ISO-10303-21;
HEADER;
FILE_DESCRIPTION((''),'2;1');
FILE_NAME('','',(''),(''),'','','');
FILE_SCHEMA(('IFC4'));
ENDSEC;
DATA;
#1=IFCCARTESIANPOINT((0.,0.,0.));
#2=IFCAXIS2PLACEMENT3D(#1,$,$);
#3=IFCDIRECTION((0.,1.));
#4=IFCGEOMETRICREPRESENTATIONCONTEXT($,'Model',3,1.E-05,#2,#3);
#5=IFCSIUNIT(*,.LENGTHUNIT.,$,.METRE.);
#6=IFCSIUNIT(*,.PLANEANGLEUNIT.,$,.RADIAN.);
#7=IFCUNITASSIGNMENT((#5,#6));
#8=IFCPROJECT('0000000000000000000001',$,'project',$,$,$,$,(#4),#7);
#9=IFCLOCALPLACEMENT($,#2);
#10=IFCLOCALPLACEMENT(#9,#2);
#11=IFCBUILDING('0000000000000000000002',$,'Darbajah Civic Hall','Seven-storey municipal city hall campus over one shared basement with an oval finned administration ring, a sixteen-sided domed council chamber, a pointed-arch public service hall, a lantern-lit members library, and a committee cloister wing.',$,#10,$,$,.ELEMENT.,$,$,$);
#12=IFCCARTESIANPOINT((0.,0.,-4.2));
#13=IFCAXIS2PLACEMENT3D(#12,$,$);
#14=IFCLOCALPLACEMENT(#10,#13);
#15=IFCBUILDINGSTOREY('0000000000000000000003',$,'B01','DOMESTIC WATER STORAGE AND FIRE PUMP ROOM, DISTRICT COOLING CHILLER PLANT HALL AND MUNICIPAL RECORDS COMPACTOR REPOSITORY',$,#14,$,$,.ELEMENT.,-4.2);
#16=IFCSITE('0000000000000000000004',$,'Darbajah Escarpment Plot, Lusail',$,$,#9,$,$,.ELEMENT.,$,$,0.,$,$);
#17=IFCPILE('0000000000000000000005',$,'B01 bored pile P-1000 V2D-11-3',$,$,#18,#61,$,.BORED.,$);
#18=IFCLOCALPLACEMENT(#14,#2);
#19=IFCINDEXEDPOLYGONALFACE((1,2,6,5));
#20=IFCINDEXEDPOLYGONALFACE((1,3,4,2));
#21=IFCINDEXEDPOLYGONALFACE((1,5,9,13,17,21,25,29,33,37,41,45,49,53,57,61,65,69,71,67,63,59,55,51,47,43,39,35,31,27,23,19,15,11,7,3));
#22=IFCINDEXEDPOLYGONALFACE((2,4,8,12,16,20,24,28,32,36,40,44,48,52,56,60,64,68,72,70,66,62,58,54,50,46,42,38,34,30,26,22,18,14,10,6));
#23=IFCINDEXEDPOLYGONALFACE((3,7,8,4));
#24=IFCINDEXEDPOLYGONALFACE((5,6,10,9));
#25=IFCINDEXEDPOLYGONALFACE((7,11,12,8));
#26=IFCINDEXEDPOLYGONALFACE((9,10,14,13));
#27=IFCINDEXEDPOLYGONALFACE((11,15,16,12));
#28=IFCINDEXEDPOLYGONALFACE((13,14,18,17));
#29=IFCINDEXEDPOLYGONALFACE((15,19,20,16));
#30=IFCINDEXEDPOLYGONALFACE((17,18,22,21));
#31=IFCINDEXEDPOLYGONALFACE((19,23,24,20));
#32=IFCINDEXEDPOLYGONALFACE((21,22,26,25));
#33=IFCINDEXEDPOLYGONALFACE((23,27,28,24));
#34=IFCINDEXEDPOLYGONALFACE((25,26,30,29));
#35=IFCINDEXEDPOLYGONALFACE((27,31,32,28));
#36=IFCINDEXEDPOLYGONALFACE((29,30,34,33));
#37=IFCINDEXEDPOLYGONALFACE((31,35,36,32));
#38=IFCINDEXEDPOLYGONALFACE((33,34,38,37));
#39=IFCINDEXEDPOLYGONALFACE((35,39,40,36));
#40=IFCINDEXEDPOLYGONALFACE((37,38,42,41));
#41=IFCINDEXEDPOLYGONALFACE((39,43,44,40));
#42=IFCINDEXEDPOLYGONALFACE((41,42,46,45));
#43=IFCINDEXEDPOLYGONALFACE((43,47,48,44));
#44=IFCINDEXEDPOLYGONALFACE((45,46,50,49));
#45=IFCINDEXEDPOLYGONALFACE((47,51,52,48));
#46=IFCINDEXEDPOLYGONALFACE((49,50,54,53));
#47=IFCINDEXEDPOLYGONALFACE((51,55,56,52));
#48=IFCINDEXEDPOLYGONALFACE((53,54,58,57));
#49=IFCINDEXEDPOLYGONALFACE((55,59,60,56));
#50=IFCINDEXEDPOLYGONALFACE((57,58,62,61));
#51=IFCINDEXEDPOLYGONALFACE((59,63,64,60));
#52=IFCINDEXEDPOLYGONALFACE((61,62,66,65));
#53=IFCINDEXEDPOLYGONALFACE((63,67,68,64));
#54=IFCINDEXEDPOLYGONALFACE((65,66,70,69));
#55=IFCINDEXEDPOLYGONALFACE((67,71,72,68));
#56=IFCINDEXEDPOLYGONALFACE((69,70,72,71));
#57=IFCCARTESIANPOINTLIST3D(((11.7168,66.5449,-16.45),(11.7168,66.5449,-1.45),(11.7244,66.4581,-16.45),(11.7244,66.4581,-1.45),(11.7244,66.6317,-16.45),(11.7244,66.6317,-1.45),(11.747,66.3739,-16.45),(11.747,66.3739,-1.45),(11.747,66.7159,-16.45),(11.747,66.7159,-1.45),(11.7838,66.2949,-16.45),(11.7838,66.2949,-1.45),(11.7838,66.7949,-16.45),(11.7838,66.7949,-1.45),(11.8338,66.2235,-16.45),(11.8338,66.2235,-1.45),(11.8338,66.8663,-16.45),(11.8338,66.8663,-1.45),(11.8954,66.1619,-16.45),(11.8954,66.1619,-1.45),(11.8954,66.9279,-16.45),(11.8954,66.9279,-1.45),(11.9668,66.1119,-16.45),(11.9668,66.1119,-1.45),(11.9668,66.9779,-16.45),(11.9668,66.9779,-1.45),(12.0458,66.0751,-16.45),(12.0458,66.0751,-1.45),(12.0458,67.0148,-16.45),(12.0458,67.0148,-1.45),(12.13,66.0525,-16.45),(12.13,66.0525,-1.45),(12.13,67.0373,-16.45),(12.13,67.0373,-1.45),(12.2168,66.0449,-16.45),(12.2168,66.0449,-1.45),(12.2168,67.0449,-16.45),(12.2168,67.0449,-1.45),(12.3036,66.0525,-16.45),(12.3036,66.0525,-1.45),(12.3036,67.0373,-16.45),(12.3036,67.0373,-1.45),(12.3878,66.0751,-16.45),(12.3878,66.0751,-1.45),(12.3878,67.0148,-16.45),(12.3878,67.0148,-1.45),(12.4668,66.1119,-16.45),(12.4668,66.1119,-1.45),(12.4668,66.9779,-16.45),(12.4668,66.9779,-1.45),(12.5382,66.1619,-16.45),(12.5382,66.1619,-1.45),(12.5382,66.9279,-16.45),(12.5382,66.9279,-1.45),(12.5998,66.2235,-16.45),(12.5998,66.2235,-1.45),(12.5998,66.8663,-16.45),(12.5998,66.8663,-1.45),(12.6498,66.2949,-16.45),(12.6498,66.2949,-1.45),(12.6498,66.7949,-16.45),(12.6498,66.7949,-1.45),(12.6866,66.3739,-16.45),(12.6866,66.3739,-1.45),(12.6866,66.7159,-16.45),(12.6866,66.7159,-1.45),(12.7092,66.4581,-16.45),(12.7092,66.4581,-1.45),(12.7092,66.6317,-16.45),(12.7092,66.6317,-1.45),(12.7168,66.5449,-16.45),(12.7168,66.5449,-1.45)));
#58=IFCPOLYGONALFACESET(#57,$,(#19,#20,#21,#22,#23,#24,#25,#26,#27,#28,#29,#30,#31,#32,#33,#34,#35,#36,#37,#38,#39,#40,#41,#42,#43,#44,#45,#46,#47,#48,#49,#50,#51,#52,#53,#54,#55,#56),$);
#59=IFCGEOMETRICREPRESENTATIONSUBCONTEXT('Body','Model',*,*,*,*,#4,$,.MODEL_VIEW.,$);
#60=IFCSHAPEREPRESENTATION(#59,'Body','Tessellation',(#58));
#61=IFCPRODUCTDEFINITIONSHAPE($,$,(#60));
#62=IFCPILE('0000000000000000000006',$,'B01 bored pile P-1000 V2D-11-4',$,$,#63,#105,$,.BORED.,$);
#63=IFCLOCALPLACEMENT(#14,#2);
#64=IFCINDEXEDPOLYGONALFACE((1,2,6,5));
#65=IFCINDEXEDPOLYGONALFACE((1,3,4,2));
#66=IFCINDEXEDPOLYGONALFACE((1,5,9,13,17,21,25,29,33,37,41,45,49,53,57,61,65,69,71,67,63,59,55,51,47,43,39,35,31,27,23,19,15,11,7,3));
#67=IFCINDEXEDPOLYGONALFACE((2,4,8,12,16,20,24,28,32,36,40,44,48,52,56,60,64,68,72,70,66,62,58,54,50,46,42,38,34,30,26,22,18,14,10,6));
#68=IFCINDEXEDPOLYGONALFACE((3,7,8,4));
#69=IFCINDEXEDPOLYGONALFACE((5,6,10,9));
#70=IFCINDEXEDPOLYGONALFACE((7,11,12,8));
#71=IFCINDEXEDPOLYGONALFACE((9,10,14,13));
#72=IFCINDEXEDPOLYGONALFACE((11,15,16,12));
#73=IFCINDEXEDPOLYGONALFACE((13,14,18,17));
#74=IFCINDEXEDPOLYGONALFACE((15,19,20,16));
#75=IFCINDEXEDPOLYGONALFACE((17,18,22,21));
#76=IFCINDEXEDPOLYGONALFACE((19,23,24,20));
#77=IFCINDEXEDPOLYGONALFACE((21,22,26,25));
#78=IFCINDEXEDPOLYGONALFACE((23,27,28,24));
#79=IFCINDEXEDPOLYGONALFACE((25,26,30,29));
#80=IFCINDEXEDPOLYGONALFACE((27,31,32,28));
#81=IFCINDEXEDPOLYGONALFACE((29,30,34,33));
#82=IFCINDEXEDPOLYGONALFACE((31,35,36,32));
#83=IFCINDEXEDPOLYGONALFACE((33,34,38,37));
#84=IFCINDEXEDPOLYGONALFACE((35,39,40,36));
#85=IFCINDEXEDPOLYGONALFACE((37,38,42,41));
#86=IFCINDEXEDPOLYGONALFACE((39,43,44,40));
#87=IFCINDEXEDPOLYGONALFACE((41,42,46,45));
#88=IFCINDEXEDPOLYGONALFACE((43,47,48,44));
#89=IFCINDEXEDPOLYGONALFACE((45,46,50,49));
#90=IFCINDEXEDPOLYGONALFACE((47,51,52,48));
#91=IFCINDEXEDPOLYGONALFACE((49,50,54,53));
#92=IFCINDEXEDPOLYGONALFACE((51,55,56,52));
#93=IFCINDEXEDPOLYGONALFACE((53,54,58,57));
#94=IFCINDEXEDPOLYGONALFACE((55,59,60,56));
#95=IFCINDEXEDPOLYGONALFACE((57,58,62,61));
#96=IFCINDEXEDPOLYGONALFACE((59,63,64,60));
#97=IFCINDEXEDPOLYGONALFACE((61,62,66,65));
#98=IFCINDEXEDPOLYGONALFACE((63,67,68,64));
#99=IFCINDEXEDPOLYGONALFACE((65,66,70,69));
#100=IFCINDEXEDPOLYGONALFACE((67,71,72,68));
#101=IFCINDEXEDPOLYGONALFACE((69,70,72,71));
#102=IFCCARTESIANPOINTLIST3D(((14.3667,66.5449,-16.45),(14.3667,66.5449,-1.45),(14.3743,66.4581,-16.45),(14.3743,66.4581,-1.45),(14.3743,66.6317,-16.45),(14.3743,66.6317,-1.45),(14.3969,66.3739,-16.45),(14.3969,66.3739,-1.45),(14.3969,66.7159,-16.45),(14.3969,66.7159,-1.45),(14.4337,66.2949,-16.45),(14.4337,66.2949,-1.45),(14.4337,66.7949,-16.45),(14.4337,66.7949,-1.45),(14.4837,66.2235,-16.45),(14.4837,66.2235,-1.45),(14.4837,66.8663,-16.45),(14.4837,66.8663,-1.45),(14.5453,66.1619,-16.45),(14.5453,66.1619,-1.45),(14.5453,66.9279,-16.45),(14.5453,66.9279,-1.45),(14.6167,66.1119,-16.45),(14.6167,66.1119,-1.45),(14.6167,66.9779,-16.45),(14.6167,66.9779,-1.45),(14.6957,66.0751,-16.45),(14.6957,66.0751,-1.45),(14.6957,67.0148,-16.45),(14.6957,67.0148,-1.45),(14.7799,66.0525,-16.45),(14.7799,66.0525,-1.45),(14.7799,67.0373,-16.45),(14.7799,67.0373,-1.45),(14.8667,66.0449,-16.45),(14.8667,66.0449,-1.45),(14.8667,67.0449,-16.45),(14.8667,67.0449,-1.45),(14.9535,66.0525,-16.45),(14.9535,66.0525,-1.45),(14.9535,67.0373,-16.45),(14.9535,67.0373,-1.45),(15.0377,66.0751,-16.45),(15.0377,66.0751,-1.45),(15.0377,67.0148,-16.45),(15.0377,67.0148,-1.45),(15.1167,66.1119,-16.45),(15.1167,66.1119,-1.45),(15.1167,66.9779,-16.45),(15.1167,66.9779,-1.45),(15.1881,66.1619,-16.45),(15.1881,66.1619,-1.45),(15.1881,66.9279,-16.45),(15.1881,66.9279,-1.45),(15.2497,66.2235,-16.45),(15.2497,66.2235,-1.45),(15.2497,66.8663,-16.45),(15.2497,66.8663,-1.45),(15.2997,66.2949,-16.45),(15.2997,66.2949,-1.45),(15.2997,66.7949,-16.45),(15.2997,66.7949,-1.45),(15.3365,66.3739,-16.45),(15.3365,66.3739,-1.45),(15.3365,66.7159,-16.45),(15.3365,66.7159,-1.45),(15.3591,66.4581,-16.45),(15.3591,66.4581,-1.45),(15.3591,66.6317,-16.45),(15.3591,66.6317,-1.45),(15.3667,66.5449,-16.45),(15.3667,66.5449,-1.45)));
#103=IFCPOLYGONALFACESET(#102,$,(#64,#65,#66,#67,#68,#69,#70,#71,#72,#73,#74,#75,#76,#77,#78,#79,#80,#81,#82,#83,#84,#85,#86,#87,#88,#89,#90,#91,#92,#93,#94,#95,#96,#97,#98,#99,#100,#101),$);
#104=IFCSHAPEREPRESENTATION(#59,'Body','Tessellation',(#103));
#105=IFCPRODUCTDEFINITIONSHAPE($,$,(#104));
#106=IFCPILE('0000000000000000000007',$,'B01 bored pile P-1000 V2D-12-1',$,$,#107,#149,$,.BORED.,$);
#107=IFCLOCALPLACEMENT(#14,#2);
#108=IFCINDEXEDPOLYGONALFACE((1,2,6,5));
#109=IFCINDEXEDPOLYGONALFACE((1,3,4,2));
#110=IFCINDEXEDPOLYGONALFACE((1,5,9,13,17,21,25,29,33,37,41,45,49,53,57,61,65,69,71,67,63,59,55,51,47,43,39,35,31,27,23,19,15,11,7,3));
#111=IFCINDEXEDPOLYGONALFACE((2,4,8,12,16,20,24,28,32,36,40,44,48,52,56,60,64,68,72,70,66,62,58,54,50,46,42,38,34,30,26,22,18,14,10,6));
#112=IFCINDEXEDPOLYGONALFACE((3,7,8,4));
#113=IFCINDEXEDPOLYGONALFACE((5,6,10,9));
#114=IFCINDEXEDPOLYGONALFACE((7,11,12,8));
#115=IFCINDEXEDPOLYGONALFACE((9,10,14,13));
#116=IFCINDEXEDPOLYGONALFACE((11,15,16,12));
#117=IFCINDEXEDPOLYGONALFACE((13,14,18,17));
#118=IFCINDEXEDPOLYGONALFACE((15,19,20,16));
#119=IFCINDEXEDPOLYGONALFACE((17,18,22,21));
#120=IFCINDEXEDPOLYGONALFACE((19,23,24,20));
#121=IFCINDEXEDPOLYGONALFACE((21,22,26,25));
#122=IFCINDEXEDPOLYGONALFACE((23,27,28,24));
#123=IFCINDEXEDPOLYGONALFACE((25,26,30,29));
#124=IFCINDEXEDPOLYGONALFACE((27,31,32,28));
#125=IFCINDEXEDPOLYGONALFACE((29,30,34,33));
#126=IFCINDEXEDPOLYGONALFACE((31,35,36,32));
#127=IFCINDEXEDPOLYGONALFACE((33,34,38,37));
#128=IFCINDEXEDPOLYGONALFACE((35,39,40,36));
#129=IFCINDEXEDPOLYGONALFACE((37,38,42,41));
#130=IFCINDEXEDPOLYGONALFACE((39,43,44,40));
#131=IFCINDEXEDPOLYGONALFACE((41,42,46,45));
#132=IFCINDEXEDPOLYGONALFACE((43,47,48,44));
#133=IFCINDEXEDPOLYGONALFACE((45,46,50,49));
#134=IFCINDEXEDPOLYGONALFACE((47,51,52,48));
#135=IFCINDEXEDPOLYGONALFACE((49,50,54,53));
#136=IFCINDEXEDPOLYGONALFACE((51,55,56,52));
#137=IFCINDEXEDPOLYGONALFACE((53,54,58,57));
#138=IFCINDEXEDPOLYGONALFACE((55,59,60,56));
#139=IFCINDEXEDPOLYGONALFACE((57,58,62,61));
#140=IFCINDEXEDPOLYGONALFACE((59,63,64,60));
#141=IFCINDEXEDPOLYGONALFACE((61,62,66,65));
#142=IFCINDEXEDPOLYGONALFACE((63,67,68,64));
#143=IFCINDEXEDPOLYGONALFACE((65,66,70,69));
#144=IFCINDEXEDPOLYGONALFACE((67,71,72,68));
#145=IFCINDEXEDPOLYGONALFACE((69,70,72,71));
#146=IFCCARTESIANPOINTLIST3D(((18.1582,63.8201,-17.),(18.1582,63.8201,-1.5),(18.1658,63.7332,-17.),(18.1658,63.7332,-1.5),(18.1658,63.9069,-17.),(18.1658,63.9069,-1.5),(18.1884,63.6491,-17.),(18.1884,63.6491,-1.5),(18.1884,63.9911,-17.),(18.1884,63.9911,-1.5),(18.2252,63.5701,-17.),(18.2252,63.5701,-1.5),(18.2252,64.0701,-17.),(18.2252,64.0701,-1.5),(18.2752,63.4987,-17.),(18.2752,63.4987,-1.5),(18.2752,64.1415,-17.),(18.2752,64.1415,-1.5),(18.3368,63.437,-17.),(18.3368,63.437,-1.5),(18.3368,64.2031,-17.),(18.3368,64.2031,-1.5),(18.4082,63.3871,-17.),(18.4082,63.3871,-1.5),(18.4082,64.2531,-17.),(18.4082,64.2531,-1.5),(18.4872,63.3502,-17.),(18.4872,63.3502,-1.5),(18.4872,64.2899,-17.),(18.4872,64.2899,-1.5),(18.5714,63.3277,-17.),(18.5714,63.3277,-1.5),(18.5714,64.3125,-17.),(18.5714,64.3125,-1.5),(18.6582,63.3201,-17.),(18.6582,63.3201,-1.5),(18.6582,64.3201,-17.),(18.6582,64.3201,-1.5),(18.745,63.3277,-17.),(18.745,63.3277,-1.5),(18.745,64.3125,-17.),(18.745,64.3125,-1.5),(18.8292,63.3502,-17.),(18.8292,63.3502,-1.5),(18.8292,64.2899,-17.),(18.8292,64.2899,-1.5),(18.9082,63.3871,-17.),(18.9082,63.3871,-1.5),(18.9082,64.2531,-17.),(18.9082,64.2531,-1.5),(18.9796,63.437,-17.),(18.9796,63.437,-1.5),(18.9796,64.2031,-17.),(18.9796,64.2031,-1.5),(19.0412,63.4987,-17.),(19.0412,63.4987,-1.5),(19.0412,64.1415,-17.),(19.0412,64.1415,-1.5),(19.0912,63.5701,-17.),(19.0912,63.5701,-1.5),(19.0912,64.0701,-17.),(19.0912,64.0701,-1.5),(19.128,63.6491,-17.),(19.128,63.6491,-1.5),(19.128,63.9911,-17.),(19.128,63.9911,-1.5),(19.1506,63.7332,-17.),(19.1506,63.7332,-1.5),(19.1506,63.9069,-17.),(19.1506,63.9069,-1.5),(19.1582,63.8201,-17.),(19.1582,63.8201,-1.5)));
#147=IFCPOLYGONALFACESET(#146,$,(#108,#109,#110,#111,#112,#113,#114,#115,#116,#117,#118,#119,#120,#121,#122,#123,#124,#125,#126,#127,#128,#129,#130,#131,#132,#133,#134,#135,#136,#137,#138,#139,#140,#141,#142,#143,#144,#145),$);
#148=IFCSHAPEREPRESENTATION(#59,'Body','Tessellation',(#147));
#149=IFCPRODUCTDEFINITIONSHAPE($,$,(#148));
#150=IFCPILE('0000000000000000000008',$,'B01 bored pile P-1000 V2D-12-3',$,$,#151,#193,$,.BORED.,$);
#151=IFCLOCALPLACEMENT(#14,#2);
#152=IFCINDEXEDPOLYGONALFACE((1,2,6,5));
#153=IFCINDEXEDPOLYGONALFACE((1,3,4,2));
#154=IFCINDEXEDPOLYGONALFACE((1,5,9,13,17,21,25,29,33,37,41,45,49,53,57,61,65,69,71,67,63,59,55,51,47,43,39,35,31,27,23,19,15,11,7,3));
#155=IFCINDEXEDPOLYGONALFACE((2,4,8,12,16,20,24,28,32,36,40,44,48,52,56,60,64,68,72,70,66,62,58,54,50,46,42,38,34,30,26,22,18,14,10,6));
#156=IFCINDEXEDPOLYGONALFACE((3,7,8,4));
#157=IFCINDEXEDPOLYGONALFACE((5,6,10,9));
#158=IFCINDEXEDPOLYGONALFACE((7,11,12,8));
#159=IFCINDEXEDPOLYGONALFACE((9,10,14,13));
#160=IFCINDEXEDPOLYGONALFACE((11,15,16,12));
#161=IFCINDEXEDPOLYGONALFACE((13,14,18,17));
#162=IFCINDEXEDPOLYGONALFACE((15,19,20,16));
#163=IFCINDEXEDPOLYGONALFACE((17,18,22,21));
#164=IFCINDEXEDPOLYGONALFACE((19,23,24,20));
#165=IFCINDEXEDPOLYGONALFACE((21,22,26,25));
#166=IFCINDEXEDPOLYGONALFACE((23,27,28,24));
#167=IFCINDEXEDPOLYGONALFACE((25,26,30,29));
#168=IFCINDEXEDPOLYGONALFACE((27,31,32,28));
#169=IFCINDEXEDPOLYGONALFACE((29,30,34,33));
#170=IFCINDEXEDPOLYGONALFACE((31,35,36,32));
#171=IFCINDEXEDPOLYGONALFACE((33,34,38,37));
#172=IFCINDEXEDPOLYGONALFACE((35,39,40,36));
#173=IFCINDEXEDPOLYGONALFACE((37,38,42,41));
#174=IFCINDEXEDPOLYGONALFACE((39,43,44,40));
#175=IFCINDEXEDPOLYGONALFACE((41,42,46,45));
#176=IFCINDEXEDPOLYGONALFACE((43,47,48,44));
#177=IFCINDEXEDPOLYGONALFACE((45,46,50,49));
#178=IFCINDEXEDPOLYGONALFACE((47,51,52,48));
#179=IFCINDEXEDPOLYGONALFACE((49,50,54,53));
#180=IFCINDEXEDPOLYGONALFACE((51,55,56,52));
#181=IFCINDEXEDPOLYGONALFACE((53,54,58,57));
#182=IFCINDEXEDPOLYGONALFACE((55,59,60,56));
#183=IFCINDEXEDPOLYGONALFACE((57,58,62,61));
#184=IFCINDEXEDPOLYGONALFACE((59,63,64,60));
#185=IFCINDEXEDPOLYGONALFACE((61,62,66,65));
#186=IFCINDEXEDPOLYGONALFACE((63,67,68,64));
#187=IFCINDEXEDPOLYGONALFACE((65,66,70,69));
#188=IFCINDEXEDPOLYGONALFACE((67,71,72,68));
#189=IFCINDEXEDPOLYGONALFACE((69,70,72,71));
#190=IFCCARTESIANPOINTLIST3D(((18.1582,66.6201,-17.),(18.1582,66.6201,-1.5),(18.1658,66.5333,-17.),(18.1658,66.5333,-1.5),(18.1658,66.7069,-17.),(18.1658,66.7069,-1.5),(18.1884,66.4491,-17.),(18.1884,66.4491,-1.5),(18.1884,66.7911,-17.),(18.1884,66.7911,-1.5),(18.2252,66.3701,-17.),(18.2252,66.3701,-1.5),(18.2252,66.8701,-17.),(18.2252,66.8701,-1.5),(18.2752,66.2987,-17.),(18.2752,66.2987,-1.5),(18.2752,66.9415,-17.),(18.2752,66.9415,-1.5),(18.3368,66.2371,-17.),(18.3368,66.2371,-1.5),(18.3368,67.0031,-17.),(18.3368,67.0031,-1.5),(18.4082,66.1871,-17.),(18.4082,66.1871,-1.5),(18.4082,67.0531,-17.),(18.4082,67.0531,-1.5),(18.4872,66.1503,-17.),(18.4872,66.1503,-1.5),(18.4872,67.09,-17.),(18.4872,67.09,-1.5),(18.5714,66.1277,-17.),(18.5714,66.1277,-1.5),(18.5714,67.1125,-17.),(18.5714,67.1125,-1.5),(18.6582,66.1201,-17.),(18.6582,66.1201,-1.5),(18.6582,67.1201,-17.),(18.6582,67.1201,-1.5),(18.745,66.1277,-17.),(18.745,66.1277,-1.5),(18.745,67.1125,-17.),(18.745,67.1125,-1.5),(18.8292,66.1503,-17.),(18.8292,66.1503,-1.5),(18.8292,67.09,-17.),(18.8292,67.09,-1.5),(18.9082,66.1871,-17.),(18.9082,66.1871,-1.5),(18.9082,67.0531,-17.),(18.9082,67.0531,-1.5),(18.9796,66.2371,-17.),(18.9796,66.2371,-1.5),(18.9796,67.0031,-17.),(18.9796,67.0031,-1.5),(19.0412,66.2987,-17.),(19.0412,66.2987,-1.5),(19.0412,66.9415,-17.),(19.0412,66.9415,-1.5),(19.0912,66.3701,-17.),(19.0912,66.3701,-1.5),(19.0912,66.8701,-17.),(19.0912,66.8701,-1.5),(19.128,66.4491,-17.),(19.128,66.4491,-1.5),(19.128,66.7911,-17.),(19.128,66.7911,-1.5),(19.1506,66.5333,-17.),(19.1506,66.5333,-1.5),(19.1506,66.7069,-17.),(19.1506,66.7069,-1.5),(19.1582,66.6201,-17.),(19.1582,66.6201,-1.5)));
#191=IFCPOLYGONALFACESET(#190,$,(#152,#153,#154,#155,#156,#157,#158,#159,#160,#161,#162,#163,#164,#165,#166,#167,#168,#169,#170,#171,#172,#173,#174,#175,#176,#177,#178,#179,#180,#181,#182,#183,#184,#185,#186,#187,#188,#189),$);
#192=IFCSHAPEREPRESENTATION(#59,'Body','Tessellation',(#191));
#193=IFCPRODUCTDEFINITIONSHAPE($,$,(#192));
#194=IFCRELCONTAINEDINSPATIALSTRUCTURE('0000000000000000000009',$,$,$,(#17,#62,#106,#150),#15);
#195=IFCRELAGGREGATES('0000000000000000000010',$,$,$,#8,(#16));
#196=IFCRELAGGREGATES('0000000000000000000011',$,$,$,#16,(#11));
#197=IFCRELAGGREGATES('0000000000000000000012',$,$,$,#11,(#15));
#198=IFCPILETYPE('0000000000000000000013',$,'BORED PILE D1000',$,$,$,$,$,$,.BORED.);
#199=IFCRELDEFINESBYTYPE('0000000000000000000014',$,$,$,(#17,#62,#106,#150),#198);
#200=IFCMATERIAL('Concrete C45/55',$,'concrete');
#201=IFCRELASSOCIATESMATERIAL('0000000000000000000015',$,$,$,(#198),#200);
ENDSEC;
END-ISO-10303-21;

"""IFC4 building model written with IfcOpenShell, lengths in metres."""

from ifc_helpers import new_model, si_unit, direction, frame, origin, origin_2d, place, context, subcontext, project, spatial, circle, extrude, material, material_profile, profile_set, type_object, element, save


model = new_model("IFC4")

# Units and contexts
model_context = context("Model", 3, precision=1e-05, world=origin(), true_north=direction((0.0, 1.0)))
body_context = subcontext(model_context, "Body", "Model", "MODEL_VIEW")
ifc_project = project(units=[si_unit("LENGTHUNIT", "METRE"), si_unit("PLANEANGLEUNIT", "RADIAN")], contexts=[model_context])

# Site, building, storey
site_placement = place(None, origin())
site = spatial("IfcSite", under=ifc_project, at=site_placement, Name="Darbajah Escarpment Plot, Lusail", CompositionType="ELEMENT", RefElevation=0.0)
building_placement = place(site_placement, origin())
building = spatial("IfcBuilding", under=site, at=building_placement, Name="Darbajah Civic Hall", Description="Seven-storey municipal city hall campus over one shared basement with an oval finned administration ring, a sixteen-sided domed council chamber, a pointed-arch public service hall, a lantern-lit members library, and a committee cloister wing.", CompositionType="ELEMENT")
storey_placement = place(building_placement, frame((0.0, 0.0, -4.2)))
storey = spatial("IfcBuildingStorey", under=building, at=storey_placement, Name="B01", Description="DOMESTIC WATER STORAGE AND FIRE PUMP ROOM, DISTRICT COOLING CHILLER PLANT HALL AND MUNICIPAL RECORDS COMPACTOR REPOSITORY", CompositionType="ELEMENT", Elevation=-4.2)

# Piles
ifc_material_1 = material(Name="Concrete C45/55", Category="concrete")
ifc_material_profile_1 = material_profile(ifc_material_1, circle(Radius=0.5, at=origin_2d()), Name="BORED PILE D1000")
ifc_profile_set_1 = profile_set([ifc_material_profile_1], Name="Concrete C45/55")
pile_type_1 = type_object("IfcPileType", Name="BORED PILE D1000", PredefinedType="BORED", material=ifc_profile_set_1)
for number, where, z_axis, x_axis, name in (
    (1, (12.2168, 66.5449, -1.45), (0.0, 0.0, -1.0), (1.0, 0.0, 0.0), "B01 bored pile P-1000 V2D-11-3"),
    (2, (14.8667, 66.5449, -1.45), (0.0, 0.0, -1.0), (1.0, 0.0, 0.0), "B01 bored pile P-1000 V2D-11-4"),
):
    element("IfcPile", number, at=place(storey_placement, frame(where, z_axis=z_axis, x_axis=x_axis)), inside=storey, type_object=pile_type_1, Name=name, PredefinedType="BORED", context=body_context, shape_type="SweptSolid", body=[
        extrude(circle(Radius=0.5, at=origin_2d()), origin(), (0.0, 0.0, 1.0), 15.0),
    ])
for number, where, z_axis, x_axis, name in (
    (3, (18.6582, 63.8201, -1.5), (0.0, 0.0, -1.0), (1.0, 0.0, 0.0), "B01 bored pile P-1000 V2D-12-1"),
    (4, (18.6582, 66.6201, -1.5), (0.0, 0.0, -1.0), (1.0, 0.0, 0.0), "B01 bored pile P-1000 V2D-12-3"),
):
    element("IfcPile", number, at=place(storey_placement, frame(where, z_axis=z_axis, x_axis=x_axis)), inside=storey, type_object=pile_type_1, Name=name, PredefinedType="BORED", context=body_context, shape_type="SweptSolid", body=[
        extrude(circle(Radius=0.5, at=origin_2d()), origin(), (0.0, 0.0, 1.0), 15.5),
    ])

save(model, "model.ifc")
